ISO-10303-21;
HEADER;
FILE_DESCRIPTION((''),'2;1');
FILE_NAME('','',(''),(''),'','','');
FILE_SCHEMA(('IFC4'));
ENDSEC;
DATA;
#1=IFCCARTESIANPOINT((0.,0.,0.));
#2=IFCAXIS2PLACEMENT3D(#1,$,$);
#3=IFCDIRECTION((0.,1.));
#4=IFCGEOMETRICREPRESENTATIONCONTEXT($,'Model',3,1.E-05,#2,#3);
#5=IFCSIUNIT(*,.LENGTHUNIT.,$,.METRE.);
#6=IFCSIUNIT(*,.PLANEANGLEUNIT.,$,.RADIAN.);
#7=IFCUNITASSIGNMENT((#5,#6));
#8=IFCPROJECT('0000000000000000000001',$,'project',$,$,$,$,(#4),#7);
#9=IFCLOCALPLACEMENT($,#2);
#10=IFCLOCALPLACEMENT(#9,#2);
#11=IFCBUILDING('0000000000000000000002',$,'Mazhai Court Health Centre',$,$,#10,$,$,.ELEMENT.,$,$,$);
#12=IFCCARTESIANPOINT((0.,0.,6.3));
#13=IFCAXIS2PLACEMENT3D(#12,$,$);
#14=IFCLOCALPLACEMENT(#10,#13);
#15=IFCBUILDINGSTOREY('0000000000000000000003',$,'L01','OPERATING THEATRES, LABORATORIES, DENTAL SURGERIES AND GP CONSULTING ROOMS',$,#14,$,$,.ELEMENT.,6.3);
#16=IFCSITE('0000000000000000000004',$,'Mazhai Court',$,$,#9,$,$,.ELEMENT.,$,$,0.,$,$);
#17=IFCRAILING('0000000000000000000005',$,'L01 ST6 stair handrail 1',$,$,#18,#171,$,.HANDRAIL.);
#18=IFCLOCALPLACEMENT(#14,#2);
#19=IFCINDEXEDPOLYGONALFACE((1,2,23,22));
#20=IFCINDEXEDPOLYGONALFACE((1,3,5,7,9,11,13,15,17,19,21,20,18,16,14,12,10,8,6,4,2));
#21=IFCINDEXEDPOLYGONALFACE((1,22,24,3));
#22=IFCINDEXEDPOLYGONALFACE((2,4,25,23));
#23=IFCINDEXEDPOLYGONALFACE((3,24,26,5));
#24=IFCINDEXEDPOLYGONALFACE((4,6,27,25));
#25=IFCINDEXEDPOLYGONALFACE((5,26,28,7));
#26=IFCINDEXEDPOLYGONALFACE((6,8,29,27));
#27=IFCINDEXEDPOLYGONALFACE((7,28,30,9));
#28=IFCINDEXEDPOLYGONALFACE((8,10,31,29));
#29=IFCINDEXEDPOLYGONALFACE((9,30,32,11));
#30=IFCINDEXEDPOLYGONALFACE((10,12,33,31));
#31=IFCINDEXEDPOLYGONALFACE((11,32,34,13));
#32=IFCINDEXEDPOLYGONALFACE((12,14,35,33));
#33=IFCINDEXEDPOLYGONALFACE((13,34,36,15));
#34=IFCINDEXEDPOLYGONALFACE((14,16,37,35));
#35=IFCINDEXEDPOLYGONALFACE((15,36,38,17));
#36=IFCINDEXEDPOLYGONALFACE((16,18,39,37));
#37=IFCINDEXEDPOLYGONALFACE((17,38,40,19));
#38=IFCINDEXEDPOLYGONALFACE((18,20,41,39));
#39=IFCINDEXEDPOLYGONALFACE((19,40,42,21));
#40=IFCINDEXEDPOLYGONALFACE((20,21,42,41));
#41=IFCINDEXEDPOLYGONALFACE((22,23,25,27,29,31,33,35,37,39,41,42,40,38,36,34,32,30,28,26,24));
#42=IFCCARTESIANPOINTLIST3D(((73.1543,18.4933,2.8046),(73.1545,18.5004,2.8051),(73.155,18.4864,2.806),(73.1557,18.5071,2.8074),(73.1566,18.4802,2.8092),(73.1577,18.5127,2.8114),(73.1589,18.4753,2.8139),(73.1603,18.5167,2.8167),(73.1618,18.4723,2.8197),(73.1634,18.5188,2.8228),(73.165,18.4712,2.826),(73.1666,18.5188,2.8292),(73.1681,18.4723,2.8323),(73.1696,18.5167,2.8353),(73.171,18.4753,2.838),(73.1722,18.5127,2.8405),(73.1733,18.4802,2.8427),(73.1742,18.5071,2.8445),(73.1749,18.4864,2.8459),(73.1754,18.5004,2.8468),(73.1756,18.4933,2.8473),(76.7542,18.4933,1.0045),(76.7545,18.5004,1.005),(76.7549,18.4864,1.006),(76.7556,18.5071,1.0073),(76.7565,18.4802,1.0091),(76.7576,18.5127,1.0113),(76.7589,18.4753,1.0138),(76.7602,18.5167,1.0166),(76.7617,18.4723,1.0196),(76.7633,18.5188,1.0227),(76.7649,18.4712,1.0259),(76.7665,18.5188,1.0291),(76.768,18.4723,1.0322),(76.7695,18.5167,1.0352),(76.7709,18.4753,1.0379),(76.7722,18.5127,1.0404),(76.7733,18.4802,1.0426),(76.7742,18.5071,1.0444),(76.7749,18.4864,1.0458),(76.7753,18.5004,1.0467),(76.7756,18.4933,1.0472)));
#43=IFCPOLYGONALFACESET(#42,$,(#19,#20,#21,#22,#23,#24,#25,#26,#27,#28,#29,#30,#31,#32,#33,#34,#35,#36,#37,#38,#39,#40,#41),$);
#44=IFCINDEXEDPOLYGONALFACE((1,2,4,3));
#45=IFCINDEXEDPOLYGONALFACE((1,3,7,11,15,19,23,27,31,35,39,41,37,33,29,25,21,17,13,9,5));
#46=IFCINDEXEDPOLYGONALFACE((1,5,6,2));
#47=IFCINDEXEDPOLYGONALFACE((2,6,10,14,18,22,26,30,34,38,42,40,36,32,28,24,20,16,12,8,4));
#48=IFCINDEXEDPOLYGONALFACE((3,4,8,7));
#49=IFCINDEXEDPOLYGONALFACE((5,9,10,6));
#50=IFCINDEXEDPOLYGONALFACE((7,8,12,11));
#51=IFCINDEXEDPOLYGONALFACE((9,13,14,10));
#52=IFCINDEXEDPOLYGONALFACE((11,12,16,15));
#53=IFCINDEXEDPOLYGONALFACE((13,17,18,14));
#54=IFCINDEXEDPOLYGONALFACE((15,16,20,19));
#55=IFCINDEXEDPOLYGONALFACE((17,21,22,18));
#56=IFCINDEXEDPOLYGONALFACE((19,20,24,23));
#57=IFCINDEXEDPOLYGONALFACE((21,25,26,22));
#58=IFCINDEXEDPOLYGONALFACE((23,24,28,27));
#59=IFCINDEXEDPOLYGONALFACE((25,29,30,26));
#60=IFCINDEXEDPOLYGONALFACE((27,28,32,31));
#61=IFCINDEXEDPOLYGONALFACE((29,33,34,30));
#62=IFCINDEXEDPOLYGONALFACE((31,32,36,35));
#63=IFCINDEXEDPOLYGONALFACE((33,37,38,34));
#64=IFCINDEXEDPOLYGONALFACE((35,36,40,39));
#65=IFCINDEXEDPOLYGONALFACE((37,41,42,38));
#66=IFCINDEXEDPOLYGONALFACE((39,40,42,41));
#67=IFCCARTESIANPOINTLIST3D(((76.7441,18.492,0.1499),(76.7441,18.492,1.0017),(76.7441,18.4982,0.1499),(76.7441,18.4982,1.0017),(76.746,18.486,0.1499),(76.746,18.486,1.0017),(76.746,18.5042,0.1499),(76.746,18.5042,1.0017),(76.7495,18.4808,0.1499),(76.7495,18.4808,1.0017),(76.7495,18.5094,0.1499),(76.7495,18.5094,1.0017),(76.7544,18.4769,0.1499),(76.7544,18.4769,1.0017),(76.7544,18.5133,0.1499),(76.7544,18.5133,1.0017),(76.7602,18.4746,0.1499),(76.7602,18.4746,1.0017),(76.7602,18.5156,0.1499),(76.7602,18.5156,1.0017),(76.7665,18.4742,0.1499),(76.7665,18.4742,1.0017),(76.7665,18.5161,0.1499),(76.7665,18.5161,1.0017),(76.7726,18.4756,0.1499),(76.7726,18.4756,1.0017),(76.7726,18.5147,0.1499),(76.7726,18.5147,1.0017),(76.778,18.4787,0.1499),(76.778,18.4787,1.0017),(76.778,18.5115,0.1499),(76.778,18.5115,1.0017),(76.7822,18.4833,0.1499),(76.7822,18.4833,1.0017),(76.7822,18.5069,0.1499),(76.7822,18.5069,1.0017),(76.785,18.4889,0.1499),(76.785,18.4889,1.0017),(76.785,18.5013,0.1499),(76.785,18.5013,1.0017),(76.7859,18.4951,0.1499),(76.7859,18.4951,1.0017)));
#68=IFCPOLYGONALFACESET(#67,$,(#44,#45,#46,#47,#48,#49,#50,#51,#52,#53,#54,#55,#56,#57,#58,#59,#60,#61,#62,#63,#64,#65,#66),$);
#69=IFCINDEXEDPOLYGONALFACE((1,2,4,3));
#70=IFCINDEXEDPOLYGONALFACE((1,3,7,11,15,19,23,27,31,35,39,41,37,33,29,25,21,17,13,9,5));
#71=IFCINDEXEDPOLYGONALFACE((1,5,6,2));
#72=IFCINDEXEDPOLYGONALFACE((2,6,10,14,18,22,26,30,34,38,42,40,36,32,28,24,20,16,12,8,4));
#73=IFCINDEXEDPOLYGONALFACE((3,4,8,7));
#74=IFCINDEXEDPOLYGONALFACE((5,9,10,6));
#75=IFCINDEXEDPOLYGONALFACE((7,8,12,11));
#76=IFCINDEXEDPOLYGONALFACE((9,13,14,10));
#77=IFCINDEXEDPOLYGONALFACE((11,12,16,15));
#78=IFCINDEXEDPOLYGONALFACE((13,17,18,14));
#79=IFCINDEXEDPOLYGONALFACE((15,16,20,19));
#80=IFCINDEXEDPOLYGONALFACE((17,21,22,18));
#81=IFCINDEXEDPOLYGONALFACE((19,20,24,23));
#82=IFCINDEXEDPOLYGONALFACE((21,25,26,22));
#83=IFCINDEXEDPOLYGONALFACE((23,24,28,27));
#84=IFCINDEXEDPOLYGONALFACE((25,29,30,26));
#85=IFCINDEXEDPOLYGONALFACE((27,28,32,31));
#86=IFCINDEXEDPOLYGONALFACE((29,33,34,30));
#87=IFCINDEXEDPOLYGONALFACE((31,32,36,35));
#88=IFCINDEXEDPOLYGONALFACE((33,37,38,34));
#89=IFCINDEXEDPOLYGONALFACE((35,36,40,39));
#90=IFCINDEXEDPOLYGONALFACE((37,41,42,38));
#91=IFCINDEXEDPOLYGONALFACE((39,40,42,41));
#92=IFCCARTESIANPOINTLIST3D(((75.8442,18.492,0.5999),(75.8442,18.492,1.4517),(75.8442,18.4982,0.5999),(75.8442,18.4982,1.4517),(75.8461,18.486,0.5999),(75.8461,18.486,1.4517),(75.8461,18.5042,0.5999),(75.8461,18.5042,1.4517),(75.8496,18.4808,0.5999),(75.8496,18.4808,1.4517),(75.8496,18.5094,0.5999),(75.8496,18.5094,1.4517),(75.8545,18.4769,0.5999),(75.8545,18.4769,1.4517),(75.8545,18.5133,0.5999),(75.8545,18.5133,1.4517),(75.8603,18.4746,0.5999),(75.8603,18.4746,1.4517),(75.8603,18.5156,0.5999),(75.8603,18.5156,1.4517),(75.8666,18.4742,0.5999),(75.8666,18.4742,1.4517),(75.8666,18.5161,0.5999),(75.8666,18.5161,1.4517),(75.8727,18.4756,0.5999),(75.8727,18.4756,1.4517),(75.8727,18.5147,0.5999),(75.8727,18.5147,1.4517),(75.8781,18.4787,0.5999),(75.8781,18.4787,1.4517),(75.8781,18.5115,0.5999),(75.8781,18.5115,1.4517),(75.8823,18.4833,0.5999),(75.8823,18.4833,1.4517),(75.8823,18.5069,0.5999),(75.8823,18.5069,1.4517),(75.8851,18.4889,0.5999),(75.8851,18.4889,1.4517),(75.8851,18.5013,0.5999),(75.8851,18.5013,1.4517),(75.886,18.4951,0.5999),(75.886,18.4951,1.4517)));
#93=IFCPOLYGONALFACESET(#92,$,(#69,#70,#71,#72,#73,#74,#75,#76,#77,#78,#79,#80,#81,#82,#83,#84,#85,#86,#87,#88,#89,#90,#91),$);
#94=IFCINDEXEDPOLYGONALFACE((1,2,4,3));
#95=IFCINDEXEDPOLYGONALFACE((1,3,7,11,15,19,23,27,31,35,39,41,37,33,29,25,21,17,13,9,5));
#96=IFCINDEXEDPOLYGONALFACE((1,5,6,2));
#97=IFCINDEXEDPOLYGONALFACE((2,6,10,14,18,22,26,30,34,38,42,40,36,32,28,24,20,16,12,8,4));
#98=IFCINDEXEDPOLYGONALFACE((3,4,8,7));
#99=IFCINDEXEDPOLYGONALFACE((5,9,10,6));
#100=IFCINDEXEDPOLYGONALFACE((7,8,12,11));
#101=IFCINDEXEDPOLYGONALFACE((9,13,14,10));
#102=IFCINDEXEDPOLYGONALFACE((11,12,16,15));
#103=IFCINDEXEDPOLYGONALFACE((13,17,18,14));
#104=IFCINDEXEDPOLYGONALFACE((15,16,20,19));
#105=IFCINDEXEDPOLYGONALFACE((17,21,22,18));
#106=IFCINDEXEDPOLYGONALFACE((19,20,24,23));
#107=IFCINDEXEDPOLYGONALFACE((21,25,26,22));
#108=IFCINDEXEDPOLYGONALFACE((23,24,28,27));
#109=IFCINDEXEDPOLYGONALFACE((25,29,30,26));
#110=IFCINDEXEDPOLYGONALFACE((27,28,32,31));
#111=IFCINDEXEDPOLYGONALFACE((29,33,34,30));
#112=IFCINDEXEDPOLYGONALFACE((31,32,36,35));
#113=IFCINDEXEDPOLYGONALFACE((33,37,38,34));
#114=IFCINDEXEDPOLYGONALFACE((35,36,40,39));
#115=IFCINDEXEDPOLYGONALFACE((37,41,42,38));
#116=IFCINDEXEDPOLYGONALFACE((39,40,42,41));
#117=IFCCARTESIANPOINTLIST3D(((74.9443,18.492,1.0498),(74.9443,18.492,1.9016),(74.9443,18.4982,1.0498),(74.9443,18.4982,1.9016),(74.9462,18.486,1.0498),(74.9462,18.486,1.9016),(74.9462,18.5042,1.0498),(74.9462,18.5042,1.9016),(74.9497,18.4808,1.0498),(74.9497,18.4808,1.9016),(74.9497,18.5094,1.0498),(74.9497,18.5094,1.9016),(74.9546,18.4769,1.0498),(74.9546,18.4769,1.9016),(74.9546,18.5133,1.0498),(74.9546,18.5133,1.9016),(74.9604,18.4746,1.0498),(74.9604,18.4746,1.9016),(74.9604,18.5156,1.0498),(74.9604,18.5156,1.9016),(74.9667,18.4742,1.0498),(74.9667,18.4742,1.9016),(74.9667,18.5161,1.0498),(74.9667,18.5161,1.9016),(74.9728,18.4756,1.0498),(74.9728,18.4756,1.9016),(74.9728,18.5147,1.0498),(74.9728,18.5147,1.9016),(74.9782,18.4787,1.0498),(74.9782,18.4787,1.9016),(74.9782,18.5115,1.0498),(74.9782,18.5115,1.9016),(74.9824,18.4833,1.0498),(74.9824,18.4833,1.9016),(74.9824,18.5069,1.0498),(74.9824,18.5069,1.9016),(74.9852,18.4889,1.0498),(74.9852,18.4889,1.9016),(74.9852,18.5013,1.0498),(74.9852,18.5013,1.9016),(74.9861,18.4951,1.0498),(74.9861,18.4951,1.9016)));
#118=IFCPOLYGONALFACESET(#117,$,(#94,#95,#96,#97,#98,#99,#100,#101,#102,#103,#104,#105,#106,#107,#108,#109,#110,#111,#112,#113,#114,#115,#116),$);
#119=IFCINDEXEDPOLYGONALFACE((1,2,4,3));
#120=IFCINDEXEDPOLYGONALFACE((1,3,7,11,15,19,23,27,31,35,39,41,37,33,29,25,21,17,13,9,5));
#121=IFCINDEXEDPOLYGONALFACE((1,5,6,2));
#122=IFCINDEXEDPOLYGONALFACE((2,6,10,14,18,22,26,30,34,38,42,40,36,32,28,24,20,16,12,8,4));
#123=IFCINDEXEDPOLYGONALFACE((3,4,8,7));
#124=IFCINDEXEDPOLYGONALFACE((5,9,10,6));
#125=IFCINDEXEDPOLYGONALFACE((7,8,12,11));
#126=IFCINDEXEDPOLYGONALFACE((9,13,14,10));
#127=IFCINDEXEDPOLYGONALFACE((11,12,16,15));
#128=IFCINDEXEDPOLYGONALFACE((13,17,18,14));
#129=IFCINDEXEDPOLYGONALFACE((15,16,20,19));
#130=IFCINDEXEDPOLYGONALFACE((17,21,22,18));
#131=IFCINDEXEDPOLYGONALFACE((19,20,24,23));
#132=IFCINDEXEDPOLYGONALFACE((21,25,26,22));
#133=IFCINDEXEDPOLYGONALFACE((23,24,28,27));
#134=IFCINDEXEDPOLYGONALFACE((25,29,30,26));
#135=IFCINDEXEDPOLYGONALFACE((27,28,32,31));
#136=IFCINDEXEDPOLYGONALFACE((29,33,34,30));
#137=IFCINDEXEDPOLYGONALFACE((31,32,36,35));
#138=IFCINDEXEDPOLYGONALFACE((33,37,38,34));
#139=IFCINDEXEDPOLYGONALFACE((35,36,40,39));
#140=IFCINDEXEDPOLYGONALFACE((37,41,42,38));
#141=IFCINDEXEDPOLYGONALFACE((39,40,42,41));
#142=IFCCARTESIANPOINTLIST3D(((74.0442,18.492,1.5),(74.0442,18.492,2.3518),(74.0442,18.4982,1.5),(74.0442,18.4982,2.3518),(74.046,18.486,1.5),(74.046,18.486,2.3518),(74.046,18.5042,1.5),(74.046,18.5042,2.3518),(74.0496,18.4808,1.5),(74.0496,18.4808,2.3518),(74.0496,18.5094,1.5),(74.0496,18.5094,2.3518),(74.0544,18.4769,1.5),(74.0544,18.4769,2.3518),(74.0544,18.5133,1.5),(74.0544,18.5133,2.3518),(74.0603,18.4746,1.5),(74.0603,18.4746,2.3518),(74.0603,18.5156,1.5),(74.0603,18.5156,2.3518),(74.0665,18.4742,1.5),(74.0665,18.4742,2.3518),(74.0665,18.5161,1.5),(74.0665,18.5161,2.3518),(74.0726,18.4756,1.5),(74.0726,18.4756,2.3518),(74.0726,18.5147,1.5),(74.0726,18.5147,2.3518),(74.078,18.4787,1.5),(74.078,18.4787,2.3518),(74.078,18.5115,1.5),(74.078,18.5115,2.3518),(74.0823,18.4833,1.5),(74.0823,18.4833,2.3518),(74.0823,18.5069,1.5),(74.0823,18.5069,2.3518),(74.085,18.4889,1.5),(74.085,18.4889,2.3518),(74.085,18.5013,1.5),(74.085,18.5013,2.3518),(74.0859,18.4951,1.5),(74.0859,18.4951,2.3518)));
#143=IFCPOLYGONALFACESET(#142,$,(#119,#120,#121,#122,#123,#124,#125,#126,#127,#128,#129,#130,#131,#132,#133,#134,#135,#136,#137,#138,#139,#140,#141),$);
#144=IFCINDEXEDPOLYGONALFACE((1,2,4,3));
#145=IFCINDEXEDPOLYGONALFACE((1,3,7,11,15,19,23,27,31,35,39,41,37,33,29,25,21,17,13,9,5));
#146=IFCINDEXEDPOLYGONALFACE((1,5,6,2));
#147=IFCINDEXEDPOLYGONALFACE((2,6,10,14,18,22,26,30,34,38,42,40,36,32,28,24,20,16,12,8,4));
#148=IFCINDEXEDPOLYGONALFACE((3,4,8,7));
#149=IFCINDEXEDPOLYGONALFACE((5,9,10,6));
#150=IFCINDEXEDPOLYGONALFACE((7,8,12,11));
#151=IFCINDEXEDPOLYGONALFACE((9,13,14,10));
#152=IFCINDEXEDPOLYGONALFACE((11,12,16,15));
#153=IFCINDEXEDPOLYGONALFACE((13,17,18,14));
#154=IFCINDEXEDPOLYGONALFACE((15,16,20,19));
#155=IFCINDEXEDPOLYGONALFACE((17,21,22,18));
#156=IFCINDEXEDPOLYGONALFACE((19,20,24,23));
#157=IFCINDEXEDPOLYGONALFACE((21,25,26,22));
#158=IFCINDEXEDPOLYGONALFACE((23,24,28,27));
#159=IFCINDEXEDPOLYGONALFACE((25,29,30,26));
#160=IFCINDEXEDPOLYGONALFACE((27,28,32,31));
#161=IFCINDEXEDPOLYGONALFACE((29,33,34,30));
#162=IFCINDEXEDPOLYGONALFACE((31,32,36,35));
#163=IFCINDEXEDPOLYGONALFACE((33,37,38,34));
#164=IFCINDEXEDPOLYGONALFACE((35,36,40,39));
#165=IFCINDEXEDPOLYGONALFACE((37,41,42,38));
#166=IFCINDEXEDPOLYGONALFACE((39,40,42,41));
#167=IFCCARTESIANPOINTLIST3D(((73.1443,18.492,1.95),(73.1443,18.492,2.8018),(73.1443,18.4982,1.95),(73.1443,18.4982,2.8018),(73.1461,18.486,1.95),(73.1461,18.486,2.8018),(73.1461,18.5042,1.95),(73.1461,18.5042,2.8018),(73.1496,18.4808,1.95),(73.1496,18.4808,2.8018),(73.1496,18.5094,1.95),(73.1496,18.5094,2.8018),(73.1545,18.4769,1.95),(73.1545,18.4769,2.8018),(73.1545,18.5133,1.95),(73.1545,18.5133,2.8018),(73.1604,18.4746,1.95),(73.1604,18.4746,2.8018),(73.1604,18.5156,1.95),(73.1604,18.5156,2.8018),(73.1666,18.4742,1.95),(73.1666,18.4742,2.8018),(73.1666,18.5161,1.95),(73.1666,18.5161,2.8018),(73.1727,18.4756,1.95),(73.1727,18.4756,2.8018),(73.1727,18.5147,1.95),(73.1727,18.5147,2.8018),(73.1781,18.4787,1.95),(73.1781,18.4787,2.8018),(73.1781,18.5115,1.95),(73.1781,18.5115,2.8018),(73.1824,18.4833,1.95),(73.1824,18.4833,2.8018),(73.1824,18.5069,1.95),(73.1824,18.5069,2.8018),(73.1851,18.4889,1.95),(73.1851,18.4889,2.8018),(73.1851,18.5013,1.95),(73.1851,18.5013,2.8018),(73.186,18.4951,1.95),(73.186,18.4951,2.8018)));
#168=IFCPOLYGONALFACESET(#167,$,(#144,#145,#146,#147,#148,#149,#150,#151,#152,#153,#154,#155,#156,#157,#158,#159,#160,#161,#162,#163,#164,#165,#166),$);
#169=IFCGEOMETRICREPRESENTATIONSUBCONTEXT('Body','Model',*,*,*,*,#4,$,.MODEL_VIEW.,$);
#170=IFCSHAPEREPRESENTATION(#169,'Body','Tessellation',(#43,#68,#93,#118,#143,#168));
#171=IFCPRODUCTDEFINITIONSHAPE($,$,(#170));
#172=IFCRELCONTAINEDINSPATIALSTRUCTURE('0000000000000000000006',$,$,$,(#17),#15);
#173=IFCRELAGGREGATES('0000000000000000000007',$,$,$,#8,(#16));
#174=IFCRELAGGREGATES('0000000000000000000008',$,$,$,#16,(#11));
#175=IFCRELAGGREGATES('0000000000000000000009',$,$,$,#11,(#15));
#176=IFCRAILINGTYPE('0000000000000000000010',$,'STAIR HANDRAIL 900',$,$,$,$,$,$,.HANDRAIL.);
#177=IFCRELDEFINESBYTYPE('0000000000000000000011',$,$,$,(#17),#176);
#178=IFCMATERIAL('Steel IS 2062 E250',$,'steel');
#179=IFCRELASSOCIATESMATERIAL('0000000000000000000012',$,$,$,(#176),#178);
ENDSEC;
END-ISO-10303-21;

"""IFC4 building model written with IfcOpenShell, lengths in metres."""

from ifc_helpers import new_model, si_unit, direction, frame, origin, origin_2d, place, context, subcontext, project, spatial, circle, extrude, material, type_object, element, save


model = new_model("IFC4")

# Units and contexts
model_context = context("Model", 3, precision=1e-05, world=origin(), true_north=direction((0.0, 1.0)))
body_context = subcontext(model_context, "Body", "Model", "MODEL_VIEW")
ifc_project = project(units=[si_unit("LENGTHUNIT", "METRE"), si_unit("PLANEANGLEUNIT", "RADIAN")], contexts=[model_context])

# Site, building, storey
site_placement = place(None, origin())
site = spatial("IfcSite", under=ifc_project, at=site_placement, Name="Mazhai Court", CompositionType="ELEMENT", RefElevation=0.0)
building_placement = place(site_placement, origin())
building = spatial("IfcBuilding", under=site, at=building_placement, Name="Mazhai Court Health Centre", CompositionType="ELEMENT")
storey_placement = place(building_placement, frame((0.0, 0.0, 6.3)))
storey = spatial("IfcBuildingStorey", under=building, at=storey_placement, Name="L01", Description="OPERATING THEATRES, LABORATORIES, DENTAL SURGERIES AND GP CONSULTING ROOMS", CompositionType="ELEMENT", Elevation=6.3)

# Railing
ifc_material_1 = material(Name="Steel IS 2062 E250", Category="steel")
railing_type_1 = type_object("IfcRailingType", Name="STAIR HANDRAIL 900", PredefinedType="HANDRAIL", material=ifc_material_1)
railing_1_placement = place(storey_placement, frame((76.7649, 18.4951, 0.1499)))
element("IfcRailing", 1, at=railing_1_placement, inside=storey, type_object=railing_type_1, Name="L01 ST6 stair handrail 1", PredefinedType="HANDRAIL", context=body_context, shape_type="SweptSolid", body=[
    extrude(circle(Radius=0.0239, at=origin_2d()), frame((0.0, 0.0, 0.876), z_axis=(-0.894415, 0.0, 0.447238), x_axis=(0.0, -1.0, 0.0)), (0.0, 0.0, 1.0), 4.0249),
    extrude(circle(Radius=0.021, at=origin_2d()), origin(), (0.0, 0.0, 1.0), 0.8518),
    extrude(circle(Radius=0.021, at=origin_2d()), frame((-0.8999, 0.0, 0.45)), (0.0, 0.0, 1.0), 0.8518),
    extrude(circle(Radius=0.021, at=origin_2d()), frame((-1.7998, 0.0, 0.8999)), (0.0, 0.0, 1.0), 0.8518),
    extrude(circle(Radius=0.021, at=origin_2d()), frame((-2.7, 0.0, 1.3501)), (0.0, 0.0, 1.0), 0.8518),
    extrude(circle(Radius=0.021, at=origin_2d()), frame((-3.5999, 0.0, 1.8)), (0.0, 0.0, 1.0), 0.8518),
])

save(model, "model.ifc")
